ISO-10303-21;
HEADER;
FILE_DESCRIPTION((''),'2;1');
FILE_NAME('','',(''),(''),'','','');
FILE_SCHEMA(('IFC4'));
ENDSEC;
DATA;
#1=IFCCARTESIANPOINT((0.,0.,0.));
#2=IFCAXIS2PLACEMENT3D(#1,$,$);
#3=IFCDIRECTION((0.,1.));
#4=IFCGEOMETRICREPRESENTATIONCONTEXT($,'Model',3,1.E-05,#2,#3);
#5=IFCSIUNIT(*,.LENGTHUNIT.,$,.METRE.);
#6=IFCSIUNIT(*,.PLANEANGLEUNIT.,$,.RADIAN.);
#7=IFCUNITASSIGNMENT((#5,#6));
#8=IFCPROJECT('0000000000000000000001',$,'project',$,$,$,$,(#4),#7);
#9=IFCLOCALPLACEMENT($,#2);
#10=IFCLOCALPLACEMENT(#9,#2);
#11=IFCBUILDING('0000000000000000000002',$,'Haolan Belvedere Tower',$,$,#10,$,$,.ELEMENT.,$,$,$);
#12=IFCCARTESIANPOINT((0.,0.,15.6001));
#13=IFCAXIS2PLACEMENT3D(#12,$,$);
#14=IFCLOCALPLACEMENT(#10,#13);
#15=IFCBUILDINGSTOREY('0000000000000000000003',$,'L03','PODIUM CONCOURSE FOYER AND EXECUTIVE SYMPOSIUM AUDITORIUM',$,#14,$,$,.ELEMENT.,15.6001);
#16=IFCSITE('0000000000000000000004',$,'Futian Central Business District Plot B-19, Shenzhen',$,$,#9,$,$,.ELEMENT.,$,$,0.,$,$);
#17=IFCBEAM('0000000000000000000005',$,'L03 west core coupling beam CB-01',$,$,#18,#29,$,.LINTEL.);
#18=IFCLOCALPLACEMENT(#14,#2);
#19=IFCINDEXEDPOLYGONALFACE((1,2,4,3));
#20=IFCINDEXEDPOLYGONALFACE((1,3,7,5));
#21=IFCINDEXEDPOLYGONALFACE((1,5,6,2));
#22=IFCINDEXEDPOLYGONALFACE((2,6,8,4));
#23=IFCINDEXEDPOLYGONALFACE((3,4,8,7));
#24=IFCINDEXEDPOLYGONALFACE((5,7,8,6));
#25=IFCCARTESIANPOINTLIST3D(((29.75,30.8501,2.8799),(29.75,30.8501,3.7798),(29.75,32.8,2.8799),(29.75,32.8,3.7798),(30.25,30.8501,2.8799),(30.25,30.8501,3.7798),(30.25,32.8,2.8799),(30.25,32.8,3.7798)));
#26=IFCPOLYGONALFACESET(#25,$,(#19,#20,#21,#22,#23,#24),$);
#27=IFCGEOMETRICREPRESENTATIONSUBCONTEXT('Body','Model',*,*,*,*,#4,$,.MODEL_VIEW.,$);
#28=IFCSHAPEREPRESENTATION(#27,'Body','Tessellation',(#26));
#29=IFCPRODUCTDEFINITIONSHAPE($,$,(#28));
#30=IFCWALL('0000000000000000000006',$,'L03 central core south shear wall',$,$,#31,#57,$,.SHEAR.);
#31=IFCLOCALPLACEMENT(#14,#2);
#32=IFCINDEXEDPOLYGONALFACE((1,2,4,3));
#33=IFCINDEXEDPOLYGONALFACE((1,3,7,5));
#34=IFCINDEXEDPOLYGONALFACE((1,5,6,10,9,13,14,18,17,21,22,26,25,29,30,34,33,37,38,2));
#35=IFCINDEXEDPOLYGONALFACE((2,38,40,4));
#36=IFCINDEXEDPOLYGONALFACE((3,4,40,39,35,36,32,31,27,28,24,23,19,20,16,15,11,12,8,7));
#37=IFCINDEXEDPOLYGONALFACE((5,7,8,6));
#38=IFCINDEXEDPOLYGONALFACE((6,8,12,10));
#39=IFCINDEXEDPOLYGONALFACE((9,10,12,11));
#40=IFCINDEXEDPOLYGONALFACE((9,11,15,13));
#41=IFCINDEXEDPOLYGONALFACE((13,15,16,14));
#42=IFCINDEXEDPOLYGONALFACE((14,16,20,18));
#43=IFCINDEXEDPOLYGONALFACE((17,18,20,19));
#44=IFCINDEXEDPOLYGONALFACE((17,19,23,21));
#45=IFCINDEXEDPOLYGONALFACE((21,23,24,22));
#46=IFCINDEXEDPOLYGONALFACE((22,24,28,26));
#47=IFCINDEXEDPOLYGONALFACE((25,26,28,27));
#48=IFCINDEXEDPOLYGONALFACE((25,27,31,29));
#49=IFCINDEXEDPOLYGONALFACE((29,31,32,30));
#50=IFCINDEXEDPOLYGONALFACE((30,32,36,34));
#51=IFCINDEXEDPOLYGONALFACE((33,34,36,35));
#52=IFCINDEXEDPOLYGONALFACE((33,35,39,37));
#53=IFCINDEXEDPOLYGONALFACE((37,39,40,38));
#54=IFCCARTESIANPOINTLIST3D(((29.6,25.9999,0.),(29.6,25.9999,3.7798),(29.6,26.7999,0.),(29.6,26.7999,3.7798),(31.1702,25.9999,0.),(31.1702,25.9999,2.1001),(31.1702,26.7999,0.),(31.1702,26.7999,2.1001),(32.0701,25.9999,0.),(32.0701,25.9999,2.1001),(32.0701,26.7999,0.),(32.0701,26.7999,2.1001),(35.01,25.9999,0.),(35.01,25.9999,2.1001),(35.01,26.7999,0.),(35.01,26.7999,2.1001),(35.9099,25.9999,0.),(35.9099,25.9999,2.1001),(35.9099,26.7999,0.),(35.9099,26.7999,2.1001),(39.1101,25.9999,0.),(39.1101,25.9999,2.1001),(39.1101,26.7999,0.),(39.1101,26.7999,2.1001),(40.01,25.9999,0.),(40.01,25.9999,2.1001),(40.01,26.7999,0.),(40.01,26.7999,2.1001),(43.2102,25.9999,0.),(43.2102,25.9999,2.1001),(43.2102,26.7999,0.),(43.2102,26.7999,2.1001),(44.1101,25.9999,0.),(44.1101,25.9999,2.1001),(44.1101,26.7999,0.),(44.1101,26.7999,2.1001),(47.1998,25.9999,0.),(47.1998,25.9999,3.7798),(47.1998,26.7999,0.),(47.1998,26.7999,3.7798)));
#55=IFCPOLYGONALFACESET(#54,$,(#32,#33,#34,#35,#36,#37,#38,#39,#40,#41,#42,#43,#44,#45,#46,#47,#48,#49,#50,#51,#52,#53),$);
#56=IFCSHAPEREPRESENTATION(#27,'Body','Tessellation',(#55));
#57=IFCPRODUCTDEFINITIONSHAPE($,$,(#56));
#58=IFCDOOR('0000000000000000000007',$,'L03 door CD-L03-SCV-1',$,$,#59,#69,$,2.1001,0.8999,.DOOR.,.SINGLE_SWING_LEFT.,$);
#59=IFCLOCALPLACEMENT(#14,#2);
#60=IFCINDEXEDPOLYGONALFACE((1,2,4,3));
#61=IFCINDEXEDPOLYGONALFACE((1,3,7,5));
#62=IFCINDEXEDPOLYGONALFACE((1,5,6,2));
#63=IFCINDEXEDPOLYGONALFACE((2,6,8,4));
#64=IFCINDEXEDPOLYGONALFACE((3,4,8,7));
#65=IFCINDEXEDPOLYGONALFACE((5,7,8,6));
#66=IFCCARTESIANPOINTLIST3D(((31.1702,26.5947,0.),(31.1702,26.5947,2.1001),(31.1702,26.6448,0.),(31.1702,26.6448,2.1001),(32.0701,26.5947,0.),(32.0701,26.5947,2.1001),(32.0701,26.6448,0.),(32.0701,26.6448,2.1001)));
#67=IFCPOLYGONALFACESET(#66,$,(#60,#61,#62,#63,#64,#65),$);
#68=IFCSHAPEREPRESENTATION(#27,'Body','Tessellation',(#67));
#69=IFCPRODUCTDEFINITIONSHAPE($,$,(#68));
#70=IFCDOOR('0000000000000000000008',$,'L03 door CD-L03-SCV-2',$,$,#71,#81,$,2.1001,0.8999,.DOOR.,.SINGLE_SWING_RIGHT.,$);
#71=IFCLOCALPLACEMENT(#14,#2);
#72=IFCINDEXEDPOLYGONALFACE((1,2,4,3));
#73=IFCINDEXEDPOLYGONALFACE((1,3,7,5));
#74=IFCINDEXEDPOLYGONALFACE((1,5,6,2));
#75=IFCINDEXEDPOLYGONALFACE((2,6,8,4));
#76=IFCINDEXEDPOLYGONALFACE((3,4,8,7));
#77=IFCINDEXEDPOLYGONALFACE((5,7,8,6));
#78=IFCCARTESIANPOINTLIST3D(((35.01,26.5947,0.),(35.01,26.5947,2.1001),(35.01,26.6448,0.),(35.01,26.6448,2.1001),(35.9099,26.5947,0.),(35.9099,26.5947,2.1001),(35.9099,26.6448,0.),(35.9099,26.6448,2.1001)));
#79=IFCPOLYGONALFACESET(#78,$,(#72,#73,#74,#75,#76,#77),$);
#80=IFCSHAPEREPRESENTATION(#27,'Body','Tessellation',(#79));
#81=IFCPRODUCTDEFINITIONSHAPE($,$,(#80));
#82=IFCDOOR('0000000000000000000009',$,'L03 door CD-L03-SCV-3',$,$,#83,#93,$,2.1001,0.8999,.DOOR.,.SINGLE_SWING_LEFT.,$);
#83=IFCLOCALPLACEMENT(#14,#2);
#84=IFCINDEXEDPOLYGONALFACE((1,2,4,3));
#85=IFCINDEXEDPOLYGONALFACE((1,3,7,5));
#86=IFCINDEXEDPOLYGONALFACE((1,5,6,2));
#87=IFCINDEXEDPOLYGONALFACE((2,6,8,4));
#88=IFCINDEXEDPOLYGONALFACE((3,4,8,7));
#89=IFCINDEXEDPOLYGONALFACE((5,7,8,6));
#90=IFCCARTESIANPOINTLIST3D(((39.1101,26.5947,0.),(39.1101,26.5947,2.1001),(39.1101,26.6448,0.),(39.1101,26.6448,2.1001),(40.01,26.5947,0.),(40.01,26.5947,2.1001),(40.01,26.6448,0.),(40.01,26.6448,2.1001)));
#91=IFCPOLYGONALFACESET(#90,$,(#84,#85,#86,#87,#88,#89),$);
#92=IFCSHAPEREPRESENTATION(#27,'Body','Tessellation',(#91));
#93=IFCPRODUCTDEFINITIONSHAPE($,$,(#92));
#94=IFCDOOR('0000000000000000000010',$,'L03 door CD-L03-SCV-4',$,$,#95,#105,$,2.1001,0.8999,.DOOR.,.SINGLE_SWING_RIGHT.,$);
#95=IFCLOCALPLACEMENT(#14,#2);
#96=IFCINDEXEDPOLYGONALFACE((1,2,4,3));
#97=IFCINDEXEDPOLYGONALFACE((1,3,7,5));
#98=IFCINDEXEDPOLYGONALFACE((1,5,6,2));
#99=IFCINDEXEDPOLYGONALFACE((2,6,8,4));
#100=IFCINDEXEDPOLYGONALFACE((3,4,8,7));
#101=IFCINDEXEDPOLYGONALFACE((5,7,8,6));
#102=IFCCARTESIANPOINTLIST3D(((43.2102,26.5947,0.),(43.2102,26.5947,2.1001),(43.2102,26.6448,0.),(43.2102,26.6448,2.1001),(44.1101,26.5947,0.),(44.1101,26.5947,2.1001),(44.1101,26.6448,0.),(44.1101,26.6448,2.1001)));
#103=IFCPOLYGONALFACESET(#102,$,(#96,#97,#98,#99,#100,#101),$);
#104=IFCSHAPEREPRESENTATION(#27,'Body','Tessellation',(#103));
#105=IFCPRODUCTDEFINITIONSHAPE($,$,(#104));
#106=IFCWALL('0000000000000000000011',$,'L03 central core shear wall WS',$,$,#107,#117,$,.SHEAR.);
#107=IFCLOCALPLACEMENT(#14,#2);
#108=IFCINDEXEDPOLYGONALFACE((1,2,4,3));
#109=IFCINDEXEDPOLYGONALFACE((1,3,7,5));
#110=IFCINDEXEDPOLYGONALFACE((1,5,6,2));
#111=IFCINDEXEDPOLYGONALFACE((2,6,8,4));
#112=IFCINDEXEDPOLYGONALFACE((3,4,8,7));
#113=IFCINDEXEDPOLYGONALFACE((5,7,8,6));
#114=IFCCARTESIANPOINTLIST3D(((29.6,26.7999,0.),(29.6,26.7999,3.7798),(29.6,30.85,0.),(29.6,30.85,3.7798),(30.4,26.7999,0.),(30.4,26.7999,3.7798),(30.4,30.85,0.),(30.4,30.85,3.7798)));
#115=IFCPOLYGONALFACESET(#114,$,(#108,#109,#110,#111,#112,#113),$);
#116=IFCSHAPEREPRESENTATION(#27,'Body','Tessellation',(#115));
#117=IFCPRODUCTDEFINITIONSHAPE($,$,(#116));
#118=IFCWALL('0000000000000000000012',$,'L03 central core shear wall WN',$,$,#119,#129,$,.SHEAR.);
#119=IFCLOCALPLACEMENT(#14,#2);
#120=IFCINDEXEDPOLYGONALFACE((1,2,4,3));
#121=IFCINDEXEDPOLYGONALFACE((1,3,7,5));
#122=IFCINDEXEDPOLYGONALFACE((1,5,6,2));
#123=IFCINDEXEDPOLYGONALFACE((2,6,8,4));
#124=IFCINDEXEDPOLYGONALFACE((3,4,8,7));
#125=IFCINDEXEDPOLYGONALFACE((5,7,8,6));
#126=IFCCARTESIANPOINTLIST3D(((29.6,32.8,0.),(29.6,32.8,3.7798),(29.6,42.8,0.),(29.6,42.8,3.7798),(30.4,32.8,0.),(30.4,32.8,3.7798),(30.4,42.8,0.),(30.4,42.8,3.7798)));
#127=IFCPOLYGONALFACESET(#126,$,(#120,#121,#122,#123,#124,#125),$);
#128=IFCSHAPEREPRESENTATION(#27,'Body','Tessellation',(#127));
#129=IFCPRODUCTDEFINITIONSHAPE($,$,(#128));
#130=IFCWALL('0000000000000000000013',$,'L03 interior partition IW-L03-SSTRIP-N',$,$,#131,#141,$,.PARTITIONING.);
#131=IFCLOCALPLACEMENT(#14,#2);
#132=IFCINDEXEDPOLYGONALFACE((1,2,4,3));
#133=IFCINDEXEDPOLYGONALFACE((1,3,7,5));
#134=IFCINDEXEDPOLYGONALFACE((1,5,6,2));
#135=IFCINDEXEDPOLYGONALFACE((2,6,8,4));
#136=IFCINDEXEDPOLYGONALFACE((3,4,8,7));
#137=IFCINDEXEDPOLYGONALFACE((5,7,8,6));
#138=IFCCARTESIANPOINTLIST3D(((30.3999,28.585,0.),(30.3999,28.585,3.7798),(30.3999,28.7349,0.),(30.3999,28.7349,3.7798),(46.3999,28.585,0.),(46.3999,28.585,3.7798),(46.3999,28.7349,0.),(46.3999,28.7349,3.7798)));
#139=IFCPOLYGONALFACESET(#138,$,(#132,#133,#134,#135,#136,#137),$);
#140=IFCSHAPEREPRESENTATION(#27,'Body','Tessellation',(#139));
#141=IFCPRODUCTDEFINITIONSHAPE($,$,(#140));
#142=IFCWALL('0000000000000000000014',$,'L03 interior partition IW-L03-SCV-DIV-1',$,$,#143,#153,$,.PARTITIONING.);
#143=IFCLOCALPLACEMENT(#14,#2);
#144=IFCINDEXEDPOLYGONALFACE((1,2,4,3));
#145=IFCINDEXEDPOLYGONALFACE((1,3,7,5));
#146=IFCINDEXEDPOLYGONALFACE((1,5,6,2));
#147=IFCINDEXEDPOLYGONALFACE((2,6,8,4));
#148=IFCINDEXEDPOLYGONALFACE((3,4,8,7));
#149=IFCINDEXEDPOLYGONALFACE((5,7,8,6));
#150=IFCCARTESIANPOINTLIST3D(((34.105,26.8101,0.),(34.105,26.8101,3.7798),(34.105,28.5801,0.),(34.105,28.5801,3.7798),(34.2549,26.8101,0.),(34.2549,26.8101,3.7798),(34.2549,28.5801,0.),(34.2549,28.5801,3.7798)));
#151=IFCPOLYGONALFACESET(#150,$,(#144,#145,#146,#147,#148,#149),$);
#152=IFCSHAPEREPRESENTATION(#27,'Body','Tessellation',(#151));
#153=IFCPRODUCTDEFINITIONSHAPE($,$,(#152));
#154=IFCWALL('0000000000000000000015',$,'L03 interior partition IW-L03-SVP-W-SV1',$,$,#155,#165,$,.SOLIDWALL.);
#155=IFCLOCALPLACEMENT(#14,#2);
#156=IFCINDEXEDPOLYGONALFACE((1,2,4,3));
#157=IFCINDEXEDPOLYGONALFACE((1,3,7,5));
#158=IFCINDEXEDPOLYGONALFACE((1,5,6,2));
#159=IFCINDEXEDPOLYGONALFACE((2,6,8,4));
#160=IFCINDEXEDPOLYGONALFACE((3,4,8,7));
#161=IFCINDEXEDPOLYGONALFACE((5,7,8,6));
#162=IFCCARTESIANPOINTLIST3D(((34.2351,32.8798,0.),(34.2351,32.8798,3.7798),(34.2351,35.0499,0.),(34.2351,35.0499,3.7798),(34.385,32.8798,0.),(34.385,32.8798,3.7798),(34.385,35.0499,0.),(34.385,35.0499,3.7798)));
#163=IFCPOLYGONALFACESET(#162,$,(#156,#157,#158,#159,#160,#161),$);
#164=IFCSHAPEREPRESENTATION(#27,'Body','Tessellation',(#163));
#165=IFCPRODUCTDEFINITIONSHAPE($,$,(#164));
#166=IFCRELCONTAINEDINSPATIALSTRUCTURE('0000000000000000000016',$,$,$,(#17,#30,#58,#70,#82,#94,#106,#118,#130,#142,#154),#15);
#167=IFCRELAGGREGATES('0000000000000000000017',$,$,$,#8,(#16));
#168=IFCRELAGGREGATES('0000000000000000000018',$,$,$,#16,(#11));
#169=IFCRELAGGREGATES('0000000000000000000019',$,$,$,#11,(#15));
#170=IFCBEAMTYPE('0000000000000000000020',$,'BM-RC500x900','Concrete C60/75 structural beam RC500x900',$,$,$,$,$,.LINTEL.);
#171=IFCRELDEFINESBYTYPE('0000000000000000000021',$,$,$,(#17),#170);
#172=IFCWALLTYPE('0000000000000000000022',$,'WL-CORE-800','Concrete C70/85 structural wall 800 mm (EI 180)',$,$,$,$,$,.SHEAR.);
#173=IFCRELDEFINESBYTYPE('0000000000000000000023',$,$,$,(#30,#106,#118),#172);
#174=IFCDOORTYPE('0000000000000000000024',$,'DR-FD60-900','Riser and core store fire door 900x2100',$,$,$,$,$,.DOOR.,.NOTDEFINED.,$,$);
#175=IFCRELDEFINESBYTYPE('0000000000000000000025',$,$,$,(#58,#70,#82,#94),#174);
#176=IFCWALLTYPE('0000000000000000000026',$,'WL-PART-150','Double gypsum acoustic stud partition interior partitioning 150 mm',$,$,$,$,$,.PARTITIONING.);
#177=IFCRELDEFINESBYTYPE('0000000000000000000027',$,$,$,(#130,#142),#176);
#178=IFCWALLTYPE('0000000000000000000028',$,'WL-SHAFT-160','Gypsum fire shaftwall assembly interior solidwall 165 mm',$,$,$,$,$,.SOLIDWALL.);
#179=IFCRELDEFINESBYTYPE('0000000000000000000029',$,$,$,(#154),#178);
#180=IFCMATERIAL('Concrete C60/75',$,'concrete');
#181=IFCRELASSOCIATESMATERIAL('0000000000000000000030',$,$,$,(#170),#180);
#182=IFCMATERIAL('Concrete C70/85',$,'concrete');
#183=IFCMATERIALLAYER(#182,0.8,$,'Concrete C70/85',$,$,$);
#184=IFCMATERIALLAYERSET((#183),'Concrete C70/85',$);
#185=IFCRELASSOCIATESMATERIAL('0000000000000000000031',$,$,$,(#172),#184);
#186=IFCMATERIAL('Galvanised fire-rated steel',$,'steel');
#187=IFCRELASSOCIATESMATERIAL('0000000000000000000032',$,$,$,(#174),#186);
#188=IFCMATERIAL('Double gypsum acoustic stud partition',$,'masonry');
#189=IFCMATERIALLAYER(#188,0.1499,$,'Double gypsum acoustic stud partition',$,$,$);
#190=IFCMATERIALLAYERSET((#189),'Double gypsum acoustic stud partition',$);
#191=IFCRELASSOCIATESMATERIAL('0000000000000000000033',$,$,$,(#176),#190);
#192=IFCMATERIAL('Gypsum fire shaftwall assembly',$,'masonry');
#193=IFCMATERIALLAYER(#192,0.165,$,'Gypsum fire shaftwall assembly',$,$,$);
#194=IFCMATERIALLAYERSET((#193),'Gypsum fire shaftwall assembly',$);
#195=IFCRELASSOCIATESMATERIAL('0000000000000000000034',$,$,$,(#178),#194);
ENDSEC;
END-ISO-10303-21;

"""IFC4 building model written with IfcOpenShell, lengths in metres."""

from ifc_helpers import new_model, si_unit, direction, frame, frame_2d, origin, origin_2d, place, context, subcontext, project, spatial, rectangle, extrude, material, layer, layer_set, material_profile, profile_set, type_object, element, fill, save


model = new_model("IFC4")

# Units and contexts
model_context = context("Model", 3, precision=1e-05, world=origin(), true_north=direction((0.0, 1.0)))
body_context = subcontext(model_context, "Body", "Model", "MODEL_VIEW")
ifc_project = project(units=[si_unit("LENGTHUNIT", "METRE"), si_unit("PLANEANGLEUNIT", "RADIAN")], contexts=[model_context])

# Site, building, storey
site_placement = place(None, origin())
site = spatial("IfcSite", under=ifc_project, at=site_placement, Name="Futian Central Business District Plot B-19, Shenzhen", CompositionType="ELEMENT", RefElevation=0.0)
building_placement = place(site_placement, origin())
building = spatial("IfcBuilding", under=site, at=building_placement, Name="Haolan Belvedere Tower", CompositionType="ELEMENT")
storey_placement = place(building_placement, frame((0.0, 0.0, 15.6001)))
storey = spatial("IfcBuildingStorey", under=building, at=storey_placement, Name="L03", Description="PODIUM CONCOURSE FOYER AND EXECUTIVE SYMPOSIUM AUDITORIUM", CompositionType="ELEMENT", Elevation=15.6001)

# Beam
ifc_material_1 = material(Name="Concrete C60/75", Category="concrete")
ifc_material_profile = material_profile(ifc_material_1, rectangle(XDim=0.5, YDim=0.8999, at=origin_2d()), Name="Concrete C60/75")
ifc_profile_set = profile_set([ifc_material_profile], Name="Concrete C60/75")
beam_type = type_object("IfcBeamType", Name="BM-RC500x900", Description="Concrete C60/75 structural beam RC500x900", PredefinedType="LINTEL", material=ifc_profile_set)
beam_placement = place(storey_placement, frame((30.0, 30.8501, 3.3298), z_axis=(0.0, 1.0, 0.0), x_axis=(-1.0, 0.0, 0.0)))
element("IfcBeam", 1, at=beam_placement, inside=storey, type_object=beam_type, Name="L03 west core coupling beam CB-01", PredefinedType="LINTEL", context=body_context, shape_type="SweptSolid", body=[
    extrude(rectangle(XDim=0.5, YDim=0.8999, at=origin_2d()), origin(), (0.0, 0.0, 1.0), 1.95),
])

# Wall, openings, doors
ifc_material_2 = material(Name="Concrete C70/85", Category="concrete")
ifc_layer_1 = layer(ifc_material_2, 0.8, Name="Concrete C70/85")
ifc_layer_set_1 = layer_set([ifc_layer_1], Name="Concrete C70/85")
wall_type_1 = type_object("IfcWallType", Name="WL-CORE-800", Description="Concrete C70/85 structural wall 800 mm (EI 180)", PredefinedType="SHEAR", material=ifc_layer_set_1)
wall_1_placement = place(storey_placement, frame((29.6001, 26.3999, 0.0), z_axis=(0.0, 0.0, 1.0), x_axis=(1.0, 0.0, 0.0)))
wall_1 = element("IfcWall", 2, at=wall_1_placement, inside=storey, type_object=wall_type_1, Name="L03 central core south shear wall", PredefinedType="SHEAR", context=body_context, shape_type="SweptSolid", body=[
    extrude(rectangle(XDim=17.5999, YDim=0.8, at=frame_2d((8.7998, 0.0))), origin(), (0.0, 0.0, 1.0), 3.7798),
])
opening_1_placement = place(wall_1_placement, frame((2.47, 0.0, 0.0), z_axis=(0.0, 0.0, 1.0), x_axis=(-1.0, 0.0, 0.0)))
opening_1 = element("IfcOpeningElement", 3, at=opening_1_placement, cuts=wall_1, PredefinedType="OPENING", context=body_context, shape_type="SweptSolid", body=[
    extrude(rectangle(XDim=0.8999, YDim=2.1001, at=frame_2d((0.45, 1.05))), frame((0.0, 0.4099, 0.0), z_axis=(0.0, -1.0, 0.0), x_axis=(1.0, 0.0, 0.0)), (0.0, 0.0, 1.0), 0.8201),
])
opening_2_placement = place(wall_1_placement, frame((6.3098, 0.0, 0.0), z_axis=(0.0, 0.0, 1.0), x_axis=(-1.0, 0.0, 0.0)))
opening_2 = element("IfcOpeningElement", 4, at=opening_2_placement, cuts=wall_1, PredefinedType="OPENING", context=body_context, shape_type="SweptSolid", body=[
    extrude(rectangle(XDim=0.8999, YDim=2.1001, at=frame_2d((0.45, 1.05))), frame((0.0, 0.4099, 0.0), z_axis=(0.0, -1.0, 0.0), x_axis=(1.0, 0.0, 0.0)), (0.0, 0.0, 1.0), 0.8201),
])
opening_3_placement = place(wall_1_placement, frame((10.4099, 0.0, 0.0), z_axis=(0.0, 0.0, 1.0), x_axis=(-1.0, 0.0, 0.0)))
opening_3 = element("IfcOpeningElement", 5, at=opening_3_placement, cuts=wall_1, PredefinedType="OPENING", context=body_context, shape_type="SweptSolid", body=[
    extrude(rectangle(XDim=0.8999, YDim=2.1001, at=frame_2d((0.45, 1.05))), frame((0.0, 0.4099, 0.0), z_axis=(0.0, -1.0, 0.0), x_axis=(1.0, 0.0, 0.0)), (0.0, 0.0, 1.0), 0.8201),
])
opening_4_placement = place(wall_1_placement, frame((14.51, 0.0, 0.0), z_axis=(0.0, 0.0, 1.0), x_axis=(-1.0, 0.0, 0.0)))
opening_4 = element("IfcOpeningElement", 6, at=opening_4_placement, cuts=wall_1, PredefinedType="OPENING", context=body_context, shape_type="SweptSolid", body=[
    extrude(rectangle(XDim=0.8999, YDim=2.1001, at=frame_2d((0.45, 1.05))), frame((0.0, 0.4099, 0.0), z_axis=(0.0, -1.0, 0.0), x_axis=(1.0, 0.0, 0.0)), (0.0, 0.0, 1.0), 0.8201),
])
ifc_material_3 = material(Name="Galvanised fire-rated steel", Category="steel")
door_type_1 = type_object("IfcDoorType", Name="DR-FD60-900", Description="Riser and core store fire door 900x2100", OperationType="NOTDEFINED", PredefinedType="DOOR", material=ifc_material_3)
door_1_placement = place(opening_1_placement, origin())
door_1 = element("IfcDoor", 7, at=door_1_placement, inside=storey, type_object=door_type_1, Name="L03 door CD-L03-SCV-1", OperationType="SINGLE_SWING_LEFT", OverallHeight=2.1001, OverallWidth=0.8999, PredefinedType="DOOR", context=body_context, shape_type="SweptSolid", body=[
    extrude(rectangle(XDim=0.8999, YDim=2.1001, at=frame_2d((0.45, 1.05))), frame((0.0, -0.1948, 0.0), z_axis=(0.0, -1.0, 0.0), x_axis=(1.0, 0.0, 0.0)), (0.0, 0.0, 1.0), 0.05),
])
fill(opening_1, door_1)
door_2_placement = place(opening_2_placement, origin())
door_2 = element("IfcDoor", 8, at=door_2_placement, inside=storey, type_object=door_type_1, Name="L03 door CD-L03-SCV-2", OperationType="SINGLE_SWING_RIGHT", OverallHeight=2.1001, OverallWidth=0.8999, PredefinedType="DOOR", context=body_context, shape_type="SweptSolid", body=[
    extrude(rectangle(XDim=0.8999, YDim=2.1001, at=frame_2d((0.45, 1.05))), frame((0.0, -0.1948, 0.0), z_axis=(0.0, -1.0, 0.0), x_axis=(1.0, 0.0, 0.0)), (0.0, 0.0, 1.0), 0.05),
])
fill(opening_2, door_2)
door_3_placement = place(opening_3_placement, origin())
door_3 = element("IfcDoor", 9, at=door_3_placement, inside=storey, type_object=door_type_1, Name="L03 door CD-L03-SCV-3", OperationType="SINGLE_SWING_LEFT", OverallHeight=2.1001, OverallWidth=0.8999, PredefinedType="DOOR", context=body_context, shape_type="SweptSolid", body=[
    extrude(rectangle(XDim=0.8999, YDim=2.1001, at=frame_2d((0.45, 1.05))), frame((0.0, -0.1948, 0.0), z_axis=(0.0, -1.0, 0.0), x_axis=(1.0, 0.0, 0.0)), (0.0, 0.0, 1.0), 0.05),
])
fill(opening_3, door_3)
door_4_placement = place(opening_4_placement, origin())
door_4 = element("IfcDoor", 10, at=door_4_placement, inside=storey, type_object=door_type_1, Name="L03 door CD-L03-SCV-4", OperationType="SINGLE_SWING_RIGHT", OverallHeight=2.1001, OverallWidth=0.8999, PredefinedType="DOOR", context=body_context, shape_type="SweptSolid", body=[
    extrude(rectangle(XDim=0.8999, YDim=2.1001, at=frame_2d((0.45, 1.05))), frame((0.0, -0.1948, 0.0), z_axis=(0.0, -1.0, 0.0), x_axis=(1.0, 0.0, 0.0)), (0.0, 0.0, 1.0), 0.05),
])
fill(opening_4, door_4)

# Walls
wall_2_placement = place(storey_placement, frame((30.0, 26.8, 0.0), z_axis=(0.0, 0.0, 1.0), x_axis=(0.0, 1.0, 0.0)))
element("IfcWall", 11, at=wall_2_placement, inside=storey, type_object=wall_type_1, Name="L03 central core shear wall WS", PredefinedType="SHEAR", context=body_context, shape_type="SweptSolid", body=[
    extrude(rectangle(XDim=4.05, YDim=0.8, at=frame_2d((2.0249, 0.0))), origin(), (0.0, 0.0, 1.0), 3.7798),
])
wall_3_placement = place(storey_placement, frame((30.0, 32.8, 0.0), z_axis=(0.0, 0.0, 1.0), x_axis=(0.0, 1.0, 0.0)))
element("IfcWall", 12, at=wall_3_placement, inside=storey, type_object=wall_type_1, Name="L03 central core shear wall WN", PredefinedType="SHEAR", context=body_context, shape_type="SweptSolid", body=[
    extrude(rectangle(XDim=10.0, YDim=0.8, at=frame_2d((5.0, 0.0))), origin(), (0.0, 0.0, 1.0), 3.7798),
])
ifc_material_4 = material(Name="Double gypsum acoustic stud partition", Category="masonry")
ifc_layer_2 = layer(ifc_material_4, 0.1499, Name="Double gypsum acoustic stud partition")
ifc_layer_set_2 = layer_set([ifc_layer_2], Name="Double gypsum acoustic stud partition")
wall_type_2 = type_object("IfcWallType", Name="WL-PART-150", Description="Double gypsum acoustic stud partition interior partitioning 150 mm", PredefinedType="PARTITIONING", material=ifc_layer_set_2)
wall_4_placement = place(storey_placement, frame((30.3999, 28.6599, 0.0), z_axis=(0.0, 0.0, 1.0), x_axis=(1.0, 0.0, 0.0)))
element("IfcWall", 13, at=wall_4_placement, inside=storey, type_object=wall_type_2, Name="L03 interior partition IW-L03-SSTRIP-N", PredefinedType="PARTITIONING", context=body_context, shape_type="SweptSolid", body=[
    extrude(rectangle(XDim=16.0, YDim=0.1499, at=frame_2d((8.0, 0.0))), origin(), (0.0, 0.0, 1.0), 3.7798),
])
wall_5_placement = place(storey_placement, frame((34.1799, 26.8101, 0.0), z_axis=(0.0, 0.0, 1.0), x_axis=(0.0, 1.0, 0.0)))
element("IfcWall", 14, at=wall_5_placement, inside=storey, type_object=wall_type_2, Name="L03 interior partition IW-L03-SCV-DIV-1", PredefinedType="PARTITIONING", context=body_context, shape_type="SweptSolid", body=[
    extrude(rectangle(XDim=1.77, YDim=0.1499, at=frame_2d((0.885, 0.0))), origin(), (0.0, 0.0, 1.0), 3.7798),
])
ifc_material_5 = material(Name="Gypsum fire shaftwall assembly", Category="masonry")
ifc_layer_3 = layer(ifc_material_5, 0.165, Name="Gypsum fire shaftwall assembly")
ifc_layer_set_3 = layer_set([ifc_layer_3], Name="Gypsum fire shaftwall assembly")
wall_type_3 = type_object("IfcWallType", Name="WL-SHAFT-160", Description="Gypsum fire shaftwall assembly interior solidwall 165 mm", PredefinedType="SOLIDWALL", material=ifc_layer_set_3)
wall_6_placement = place(storey_placement, frame((34.3101, 32.8799, 0.0), z_axis=(0.0, 0.0, 1.0), x_axis=(0.0, 1.0, 0.0)))
element("IfcWall", 15, at=wall_6_placement, inside=storey, type_object=wall_type_3, Name="L03 interior partition IW-L03-SVP-W-SV1", PredefinedType="SOLIDWALL", context=body_context, shape_type="SweptSolid", body=[
    extrude(rectangle(XDim=2.1702, YDim=0.1499, at=frame_2d((1.085, 0.0))), origin(), (0.0, 0.0, 1.0), 3.7798),
])

save(model, "model.ifc")
